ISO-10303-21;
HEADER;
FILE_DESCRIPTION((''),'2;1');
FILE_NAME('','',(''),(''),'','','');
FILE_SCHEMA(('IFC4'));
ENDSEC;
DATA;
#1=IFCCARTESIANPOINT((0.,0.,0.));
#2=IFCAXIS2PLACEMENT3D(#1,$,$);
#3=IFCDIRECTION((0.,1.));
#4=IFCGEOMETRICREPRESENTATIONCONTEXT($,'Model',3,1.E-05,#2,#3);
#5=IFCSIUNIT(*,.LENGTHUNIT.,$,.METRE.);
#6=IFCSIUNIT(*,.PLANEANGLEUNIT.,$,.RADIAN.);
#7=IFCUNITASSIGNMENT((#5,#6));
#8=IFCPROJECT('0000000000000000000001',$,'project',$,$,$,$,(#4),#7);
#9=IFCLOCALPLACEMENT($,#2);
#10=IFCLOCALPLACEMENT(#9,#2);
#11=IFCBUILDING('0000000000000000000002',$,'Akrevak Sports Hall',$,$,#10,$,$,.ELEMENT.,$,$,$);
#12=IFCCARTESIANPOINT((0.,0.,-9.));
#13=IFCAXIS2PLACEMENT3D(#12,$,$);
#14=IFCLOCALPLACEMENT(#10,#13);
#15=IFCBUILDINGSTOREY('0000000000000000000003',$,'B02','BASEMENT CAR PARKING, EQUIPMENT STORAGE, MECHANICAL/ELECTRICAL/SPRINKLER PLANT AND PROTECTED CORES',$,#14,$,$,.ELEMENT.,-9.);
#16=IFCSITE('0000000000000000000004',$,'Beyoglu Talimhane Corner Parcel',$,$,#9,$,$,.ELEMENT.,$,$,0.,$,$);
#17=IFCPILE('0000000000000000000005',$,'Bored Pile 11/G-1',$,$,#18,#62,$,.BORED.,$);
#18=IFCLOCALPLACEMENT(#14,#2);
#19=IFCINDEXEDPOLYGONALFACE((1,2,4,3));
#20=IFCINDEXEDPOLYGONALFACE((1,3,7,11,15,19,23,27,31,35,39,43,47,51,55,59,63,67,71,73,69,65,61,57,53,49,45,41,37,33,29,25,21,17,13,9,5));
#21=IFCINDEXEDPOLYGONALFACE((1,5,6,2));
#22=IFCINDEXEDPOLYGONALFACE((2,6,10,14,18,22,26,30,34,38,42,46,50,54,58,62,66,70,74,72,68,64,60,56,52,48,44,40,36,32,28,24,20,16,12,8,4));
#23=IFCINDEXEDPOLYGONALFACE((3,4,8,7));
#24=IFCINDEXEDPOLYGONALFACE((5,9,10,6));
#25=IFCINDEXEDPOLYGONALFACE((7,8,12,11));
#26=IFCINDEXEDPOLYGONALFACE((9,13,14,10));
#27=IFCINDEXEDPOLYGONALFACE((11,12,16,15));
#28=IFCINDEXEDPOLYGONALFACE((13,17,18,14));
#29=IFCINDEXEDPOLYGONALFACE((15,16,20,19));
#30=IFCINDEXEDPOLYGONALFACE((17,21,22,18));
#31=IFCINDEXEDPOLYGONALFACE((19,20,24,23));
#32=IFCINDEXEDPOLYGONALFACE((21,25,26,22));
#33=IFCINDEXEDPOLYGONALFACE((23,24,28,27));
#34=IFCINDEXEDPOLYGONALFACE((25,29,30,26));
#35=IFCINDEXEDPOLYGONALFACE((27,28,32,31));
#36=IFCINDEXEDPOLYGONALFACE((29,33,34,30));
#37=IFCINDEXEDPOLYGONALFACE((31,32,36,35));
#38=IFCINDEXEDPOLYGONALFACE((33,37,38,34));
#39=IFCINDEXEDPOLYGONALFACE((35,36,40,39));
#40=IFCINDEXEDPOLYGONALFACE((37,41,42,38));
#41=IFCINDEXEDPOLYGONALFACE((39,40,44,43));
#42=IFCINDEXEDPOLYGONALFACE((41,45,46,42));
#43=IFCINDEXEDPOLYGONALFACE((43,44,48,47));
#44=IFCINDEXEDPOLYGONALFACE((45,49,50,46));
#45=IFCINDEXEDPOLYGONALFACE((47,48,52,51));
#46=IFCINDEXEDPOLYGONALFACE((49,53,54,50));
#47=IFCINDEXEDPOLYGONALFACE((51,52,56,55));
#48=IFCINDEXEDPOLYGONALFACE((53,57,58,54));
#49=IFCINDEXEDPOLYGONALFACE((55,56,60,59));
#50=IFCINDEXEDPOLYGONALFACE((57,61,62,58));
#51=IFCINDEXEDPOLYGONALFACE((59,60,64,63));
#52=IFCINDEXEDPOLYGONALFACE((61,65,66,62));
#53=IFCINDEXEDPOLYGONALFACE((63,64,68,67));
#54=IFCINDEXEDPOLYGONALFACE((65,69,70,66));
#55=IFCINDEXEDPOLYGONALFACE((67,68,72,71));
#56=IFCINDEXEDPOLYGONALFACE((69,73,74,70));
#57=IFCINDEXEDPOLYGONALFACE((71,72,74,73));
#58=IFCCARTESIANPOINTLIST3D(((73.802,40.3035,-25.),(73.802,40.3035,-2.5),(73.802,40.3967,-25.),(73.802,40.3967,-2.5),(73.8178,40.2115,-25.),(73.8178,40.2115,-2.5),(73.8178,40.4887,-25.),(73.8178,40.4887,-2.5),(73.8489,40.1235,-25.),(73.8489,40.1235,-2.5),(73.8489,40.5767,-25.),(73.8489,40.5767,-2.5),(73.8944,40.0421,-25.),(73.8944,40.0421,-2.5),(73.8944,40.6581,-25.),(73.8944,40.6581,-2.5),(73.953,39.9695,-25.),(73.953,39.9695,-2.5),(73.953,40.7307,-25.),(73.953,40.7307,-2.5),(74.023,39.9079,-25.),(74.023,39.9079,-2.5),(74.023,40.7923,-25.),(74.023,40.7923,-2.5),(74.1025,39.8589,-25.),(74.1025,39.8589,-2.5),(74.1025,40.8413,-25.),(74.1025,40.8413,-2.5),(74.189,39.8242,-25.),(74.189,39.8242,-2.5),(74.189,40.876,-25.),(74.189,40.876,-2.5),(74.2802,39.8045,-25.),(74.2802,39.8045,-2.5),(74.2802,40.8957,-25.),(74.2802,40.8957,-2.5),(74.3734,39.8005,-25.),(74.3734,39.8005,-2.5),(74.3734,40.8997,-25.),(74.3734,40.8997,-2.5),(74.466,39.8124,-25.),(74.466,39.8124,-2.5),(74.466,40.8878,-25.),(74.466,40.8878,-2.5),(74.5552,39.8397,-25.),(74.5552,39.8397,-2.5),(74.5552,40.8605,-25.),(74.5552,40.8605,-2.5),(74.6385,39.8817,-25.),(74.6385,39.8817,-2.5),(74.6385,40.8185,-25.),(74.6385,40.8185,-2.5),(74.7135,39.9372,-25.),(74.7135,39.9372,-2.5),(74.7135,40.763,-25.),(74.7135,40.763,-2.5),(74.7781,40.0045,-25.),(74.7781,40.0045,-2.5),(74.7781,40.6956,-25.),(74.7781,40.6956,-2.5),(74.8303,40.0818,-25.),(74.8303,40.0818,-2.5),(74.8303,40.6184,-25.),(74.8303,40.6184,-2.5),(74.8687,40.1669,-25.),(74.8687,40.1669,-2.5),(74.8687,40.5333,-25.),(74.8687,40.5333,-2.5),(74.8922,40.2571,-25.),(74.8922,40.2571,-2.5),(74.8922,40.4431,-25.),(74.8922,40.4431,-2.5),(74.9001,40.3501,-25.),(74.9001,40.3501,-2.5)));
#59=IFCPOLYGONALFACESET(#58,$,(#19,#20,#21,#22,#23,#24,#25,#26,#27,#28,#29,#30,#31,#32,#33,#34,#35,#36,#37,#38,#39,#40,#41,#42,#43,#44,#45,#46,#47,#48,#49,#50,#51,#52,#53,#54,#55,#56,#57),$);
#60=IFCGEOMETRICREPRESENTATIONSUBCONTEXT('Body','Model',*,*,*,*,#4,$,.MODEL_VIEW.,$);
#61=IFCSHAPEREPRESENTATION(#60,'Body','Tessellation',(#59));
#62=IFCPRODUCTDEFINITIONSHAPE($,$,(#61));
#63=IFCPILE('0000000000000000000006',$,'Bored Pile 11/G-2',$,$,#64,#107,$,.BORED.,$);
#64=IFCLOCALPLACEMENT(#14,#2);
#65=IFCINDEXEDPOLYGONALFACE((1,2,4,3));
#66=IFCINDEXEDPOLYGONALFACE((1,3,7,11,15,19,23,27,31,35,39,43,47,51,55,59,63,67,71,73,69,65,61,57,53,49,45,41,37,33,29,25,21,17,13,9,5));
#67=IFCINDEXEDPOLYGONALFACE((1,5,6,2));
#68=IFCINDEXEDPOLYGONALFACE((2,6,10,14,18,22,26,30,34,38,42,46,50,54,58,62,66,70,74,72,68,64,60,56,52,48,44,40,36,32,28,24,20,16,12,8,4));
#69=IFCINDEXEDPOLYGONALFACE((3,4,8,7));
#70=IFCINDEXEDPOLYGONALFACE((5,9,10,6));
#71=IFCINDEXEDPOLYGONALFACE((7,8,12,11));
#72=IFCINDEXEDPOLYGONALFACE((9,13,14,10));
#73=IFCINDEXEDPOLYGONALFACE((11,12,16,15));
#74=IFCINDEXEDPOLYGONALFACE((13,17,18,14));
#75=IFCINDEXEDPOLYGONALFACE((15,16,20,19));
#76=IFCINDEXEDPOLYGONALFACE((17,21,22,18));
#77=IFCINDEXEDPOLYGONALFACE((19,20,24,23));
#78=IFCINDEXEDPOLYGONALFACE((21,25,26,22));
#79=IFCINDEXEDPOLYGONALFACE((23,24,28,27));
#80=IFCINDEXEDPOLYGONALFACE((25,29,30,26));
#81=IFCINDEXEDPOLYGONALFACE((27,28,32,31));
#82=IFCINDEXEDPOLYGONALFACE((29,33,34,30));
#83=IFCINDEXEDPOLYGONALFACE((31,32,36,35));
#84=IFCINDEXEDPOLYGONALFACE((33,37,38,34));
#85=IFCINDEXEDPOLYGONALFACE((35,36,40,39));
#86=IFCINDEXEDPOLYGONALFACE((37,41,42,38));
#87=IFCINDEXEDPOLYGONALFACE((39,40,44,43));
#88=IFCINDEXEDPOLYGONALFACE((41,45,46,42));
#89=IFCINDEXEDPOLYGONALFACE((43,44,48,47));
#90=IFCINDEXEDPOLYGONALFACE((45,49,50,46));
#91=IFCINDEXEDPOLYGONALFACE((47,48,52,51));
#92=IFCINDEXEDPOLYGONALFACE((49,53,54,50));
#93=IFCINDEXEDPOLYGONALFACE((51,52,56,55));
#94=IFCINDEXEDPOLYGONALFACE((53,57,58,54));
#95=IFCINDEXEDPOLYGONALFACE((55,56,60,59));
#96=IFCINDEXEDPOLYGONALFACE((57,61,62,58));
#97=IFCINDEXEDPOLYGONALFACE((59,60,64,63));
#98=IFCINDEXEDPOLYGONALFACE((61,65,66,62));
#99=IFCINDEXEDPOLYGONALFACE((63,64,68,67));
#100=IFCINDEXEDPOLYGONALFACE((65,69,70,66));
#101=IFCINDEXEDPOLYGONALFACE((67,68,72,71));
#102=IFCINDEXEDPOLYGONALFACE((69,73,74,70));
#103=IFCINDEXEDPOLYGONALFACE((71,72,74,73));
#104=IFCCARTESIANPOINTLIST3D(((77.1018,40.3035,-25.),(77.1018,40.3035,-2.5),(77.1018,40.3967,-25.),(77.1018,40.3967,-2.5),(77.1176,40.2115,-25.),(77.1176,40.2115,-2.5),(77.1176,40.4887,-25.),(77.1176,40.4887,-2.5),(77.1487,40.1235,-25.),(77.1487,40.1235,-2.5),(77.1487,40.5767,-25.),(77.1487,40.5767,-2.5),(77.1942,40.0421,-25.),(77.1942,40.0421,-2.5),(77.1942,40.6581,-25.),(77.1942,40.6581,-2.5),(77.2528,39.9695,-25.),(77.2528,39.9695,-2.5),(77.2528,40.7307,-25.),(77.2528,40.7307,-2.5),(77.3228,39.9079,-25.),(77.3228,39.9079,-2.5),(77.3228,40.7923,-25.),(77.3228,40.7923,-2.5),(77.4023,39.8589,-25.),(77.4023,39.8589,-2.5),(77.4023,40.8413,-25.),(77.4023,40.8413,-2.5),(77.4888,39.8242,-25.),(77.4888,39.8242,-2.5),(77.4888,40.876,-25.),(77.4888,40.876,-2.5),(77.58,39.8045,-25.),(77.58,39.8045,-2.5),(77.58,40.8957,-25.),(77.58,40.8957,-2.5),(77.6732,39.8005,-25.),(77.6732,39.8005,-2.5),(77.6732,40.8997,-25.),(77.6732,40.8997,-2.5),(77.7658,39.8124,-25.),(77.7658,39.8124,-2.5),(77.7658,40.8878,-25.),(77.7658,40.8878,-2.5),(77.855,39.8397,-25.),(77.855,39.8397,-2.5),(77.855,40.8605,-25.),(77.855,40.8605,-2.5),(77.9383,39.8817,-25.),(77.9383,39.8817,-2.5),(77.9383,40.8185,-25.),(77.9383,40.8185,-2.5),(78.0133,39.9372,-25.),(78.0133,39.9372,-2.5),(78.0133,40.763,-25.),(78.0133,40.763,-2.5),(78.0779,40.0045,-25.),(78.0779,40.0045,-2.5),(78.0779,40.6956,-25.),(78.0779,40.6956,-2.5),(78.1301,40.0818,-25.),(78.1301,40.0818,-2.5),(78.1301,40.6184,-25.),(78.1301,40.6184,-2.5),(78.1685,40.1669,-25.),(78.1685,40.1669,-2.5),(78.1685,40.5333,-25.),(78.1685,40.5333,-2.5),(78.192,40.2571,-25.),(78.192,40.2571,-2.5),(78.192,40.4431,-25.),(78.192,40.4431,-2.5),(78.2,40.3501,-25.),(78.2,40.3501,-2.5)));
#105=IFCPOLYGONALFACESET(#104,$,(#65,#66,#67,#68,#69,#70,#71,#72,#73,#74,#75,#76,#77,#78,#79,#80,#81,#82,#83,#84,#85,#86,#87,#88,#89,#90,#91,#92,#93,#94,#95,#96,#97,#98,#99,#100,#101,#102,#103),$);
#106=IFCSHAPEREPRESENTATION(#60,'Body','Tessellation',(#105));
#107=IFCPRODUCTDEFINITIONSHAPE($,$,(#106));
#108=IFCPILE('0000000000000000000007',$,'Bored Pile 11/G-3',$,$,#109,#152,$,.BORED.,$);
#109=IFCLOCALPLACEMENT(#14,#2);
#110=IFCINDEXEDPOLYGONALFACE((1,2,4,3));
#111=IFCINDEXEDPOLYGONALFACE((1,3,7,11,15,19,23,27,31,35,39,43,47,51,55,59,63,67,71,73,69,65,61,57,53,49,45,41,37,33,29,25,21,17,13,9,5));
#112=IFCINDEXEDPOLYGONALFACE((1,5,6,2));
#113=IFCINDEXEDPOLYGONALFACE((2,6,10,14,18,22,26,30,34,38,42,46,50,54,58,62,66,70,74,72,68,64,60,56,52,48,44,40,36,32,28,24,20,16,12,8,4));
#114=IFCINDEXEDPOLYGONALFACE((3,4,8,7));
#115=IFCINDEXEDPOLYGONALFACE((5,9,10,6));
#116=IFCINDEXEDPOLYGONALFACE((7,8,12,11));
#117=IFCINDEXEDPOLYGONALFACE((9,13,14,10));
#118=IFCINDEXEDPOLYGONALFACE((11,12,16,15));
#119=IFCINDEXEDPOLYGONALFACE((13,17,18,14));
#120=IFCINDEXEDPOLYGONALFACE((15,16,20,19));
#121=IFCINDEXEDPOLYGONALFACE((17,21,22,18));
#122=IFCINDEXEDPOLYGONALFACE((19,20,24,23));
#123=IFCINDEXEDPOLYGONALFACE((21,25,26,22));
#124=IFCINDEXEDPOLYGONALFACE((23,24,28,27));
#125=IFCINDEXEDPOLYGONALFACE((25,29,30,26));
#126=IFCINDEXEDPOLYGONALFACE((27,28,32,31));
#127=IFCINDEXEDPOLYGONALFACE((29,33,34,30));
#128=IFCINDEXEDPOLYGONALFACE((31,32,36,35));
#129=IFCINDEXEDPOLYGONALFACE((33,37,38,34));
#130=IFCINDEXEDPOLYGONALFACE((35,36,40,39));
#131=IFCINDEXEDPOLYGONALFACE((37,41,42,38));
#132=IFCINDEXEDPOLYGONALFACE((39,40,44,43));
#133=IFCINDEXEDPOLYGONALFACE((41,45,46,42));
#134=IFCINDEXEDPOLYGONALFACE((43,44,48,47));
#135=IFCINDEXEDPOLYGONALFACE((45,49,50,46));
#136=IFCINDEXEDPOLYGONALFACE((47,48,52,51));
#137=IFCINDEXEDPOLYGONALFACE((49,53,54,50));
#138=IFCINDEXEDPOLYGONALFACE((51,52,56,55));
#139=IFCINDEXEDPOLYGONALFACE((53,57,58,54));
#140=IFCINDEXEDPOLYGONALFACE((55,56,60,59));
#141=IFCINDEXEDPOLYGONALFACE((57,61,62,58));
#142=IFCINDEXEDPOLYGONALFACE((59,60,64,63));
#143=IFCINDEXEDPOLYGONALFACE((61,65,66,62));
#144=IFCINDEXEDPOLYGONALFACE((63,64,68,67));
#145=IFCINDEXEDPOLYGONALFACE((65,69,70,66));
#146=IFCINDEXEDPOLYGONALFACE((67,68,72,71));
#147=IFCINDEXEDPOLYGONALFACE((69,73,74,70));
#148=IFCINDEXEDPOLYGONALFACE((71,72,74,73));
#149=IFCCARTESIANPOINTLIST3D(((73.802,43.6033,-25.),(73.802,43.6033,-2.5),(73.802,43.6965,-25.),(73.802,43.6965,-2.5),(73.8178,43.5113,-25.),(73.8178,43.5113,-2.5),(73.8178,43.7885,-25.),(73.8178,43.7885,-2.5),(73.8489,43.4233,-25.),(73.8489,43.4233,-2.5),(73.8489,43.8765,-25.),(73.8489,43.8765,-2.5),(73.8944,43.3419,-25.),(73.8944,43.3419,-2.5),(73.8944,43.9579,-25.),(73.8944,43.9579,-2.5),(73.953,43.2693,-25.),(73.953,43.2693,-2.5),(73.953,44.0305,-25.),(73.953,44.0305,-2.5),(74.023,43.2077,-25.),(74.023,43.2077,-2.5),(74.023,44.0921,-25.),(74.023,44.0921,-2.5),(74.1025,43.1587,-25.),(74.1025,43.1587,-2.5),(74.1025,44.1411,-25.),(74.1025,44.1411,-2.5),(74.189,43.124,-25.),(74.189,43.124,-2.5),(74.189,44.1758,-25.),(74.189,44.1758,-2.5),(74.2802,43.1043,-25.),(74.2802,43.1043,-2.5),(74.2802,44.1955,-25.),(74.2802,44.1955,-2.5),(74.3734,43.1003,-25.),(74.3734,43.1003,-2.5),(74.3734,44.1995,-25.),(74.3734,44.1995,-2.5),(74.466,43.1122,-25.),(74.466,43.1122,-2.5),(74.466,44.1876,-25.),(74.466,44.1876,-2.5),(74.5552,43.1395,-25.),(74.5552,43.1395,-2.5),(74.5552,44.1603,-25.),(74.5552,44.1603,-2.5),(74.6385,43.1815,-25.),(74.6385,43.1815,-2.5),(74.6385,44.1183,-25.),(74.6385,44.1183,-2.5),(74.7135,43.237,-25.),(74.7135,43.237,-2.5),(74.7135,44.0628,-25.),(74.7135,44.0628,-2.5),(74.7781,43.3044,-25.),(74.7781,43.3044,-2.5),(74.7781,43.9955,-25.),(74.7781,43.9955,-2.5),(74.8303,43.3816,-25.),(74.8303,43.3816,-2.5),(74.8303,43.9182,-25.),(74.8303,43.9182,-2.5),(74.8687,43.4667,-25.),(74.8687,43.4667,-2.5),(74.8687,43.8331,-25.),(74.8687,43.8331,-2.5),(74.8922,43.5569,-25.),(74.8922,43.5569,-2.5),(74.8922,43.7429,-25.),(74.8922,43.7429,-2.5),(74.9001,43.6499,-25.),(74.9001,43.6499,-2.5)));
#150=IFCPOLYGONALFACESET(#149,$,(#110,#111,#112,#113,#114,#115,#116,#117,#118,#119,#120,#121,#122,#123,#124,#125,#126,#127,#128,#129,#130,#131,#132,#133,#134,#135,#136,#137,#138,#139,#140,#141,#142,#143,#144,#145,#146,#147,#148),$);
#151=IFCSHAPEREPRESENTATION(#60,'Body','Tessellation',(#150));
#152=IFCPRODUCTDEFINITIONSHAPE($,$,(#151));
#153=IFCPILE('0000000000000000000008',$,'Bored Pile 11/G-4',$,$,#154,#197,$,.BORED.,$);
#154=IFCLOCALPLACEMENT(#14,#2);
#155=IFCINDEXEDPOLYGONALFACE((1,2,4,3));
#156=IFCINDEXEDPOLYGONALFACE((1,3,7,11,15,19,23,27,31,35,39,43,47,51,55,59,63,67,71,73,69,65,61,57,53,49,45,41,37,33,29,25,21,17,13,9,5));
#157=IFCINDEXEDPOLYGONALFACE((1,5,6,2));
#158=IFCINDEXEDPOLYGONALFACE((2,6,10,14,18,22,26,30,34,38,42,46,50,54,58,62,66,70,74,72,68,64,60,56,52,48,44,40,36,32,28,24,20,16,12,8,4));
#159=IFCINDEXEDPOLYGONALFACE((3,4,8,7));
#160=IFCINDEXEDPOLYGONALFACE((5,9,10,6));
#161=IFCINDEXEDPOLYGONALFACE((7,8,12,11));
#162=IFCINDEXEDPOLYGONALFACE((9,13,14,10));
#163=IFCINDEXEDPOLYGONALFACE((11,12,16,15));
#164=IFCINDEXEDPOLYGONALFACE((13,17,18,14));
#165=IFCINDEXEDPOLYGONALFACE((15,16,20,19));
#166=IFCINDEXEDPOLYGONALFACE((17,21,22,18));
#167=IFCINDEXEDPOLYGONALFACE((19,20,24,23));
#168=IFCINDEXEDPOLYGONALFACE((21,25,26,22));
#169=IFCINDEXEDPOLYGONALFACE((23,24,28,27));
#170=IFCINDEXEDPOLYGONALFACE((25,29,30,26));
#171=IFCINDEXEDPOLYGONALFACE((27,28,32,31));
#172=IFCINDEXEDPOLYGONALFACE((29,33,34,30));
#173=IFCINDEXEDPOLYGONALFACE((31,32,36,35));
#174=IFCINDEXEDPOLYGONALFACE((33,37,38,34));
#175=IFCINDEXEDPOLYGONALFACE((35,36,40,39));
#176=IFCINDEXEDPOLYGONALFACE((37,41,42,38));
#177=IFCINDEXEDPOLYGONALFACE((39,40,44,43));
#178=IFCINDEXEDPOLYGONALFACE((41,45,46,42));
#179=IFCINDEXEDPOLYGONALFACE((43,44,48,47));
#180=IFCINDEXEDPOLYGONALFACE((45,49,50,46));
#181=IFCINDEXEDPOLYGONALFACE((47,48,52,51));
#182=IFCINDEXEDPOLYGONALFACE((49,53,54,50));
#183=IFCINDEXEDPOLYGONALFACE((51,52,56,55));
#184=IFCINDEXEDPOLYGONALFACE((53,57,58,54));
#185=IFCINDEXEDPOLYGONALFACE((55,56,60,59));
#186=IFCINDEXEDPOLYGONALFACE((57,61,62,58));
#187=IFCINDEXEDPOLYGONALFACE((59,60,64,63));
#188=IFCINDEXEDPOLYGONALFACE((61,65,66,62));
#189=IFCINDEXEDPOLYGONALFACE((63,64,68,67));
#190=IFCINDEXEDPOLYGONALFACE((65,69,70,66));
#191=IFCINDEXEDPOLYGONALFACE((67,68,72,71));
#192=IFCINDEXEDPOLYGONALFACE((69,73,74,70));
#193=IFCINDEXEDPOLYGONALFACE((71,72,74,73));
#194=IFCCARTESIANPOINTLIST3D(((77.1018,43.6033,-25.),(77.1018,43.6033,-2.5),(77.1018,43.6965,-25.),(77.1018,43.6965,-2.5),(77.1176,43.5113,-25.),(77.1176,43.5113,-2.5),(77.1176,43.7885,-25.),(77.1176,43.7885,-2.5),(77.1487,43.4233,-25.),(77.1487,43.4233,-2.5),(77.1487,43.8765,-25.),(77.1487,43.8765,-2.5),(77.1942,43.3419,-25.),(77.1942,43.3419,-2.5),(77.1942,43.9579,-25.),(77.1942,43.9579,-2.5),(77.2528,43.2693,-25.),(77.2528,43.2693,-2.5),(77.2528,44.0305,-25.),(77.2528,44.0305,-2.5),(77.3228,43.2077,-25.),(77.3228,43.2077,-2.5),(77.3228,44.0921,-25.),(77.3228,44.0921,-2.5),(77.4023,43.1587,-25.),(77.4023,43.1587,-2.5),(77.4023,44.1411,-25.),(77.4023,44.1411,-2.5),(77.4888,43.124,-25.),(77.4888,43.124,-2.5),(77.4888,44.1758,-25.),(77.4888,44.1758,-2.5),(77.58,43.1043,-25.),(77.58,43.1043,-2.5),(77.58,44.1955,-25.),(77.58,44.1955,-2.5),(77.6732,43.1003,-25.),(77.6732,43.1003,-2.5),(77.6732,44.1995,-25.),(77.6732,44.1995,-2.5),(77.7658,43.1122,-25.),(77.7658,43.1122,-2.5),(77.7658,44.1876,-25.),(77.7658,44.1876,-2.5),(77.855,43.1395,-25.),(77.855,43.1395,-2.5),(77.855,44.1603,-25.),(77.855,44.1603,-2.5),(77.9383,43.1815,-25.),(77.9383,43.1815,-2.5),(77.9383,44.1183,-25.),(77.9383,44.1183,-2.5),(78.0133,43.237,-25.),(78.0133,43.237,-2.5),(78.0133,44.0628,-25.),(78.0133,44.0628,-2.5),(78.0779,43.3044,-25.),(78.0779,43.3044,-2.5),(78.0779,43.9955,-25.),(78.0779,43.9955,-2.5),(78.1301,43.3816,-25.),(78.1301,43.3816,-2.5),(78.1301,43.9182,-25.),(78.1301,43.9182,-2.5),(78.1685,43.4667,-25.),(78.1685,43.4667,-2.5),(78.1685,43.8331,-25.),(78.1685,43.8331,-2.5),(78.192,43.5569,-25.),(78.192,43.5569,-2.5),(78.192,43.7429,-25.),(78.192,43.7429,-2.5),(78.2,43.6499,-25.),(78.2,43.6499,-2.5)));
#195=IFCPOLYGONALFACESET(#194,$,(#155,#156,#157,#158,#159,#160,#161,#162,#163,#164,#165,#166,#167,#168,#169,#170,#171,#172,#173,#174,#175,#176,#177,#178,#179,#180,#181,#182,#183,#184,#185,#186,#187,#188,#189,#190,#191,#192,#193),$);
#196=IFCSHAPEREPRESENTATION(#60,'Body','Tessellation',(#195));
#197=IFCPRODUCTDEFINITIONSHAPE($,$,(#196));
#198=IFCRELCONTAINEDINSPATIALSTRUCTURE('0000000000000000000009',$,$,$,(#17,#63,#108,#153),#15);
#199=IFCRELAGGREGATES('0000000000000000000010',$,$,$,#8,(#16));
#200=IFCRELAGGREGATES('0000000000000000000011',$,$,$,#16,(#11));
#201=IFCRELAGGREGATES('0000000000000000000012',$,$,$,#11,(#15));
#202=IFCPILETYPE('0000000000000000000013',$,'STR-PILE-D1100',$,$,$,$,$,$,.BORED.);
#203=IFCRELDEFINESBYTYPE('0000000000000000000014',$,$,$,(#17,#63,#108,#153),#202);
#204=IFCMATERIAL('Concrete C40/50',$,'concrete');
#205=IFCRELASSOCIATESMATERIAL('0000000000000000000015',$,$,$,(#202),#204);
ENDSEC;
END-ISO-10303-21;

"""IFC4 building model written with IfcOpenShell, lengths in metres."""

from ifc_helpers import new_model, si_unit, direction, frame, origin, origin_2d, place, context, subcontext, project, spatial, circle, extrude, material, material_profile, profile_set, type_object, element, save


model = new_model("IFC4")

# Units and contexts
model_context = context("Model", 3, precision=1e-05, world=origin(), true_north=direction((0.0, 1.0)))
body_context = subcontext(model_context, "Body", "Model", "MODEL_VIEW")
ifc_project = project(units=[si_unit("LENGTHUNIT", "METRE"), si_unit("PLANEANGLEUNIT", "RADIAN")], contexts=[model_context])

# Site, building, storey
site_placement = place(None, origin())
site = spatial("IfcSite", under=ifc_project, at=site_placement, Name="Beyoglu Talimhane Corner Parcel", CompositionType="ELEMENT", RefElevation=0.0)
building_placement = place(site_placement, origin())
building = spatial("IfcBuilding", under=site, at=building_placement, Name="Akrevak Sports Hall", CompositionType="ELEMENT")
storey_placement = place(building_placement, frame((0.0, 0.0, -9.0)))
storey = spatial("IfcBuildingStorey", under=building, at=storey_placement, Name="B02", Description="BASEMENT CAR PARKING, EQUIPMENT STORAGE, MECHANICAL/ELECTRICAL/SPRINKLER PLANT AND PROTECTED CORES", CompositionType="ELEMENT", Elevation=-9.0)

# Shared definitions
ifc_material_1 = material(Name="Concrete C40/50", Category="concrete")

# Piles
ifc_material_profile_1 = material_profile(ifc_material_1, circle(Radius=0.55, at=origin_2d()), Name="BORED PILE D1100", Category="concrete")
ifc_profile_set_1 = profile_set([ifc_material_profile_1], Name="Concrete C40/50")
pile_type_1 = type_object("IfcPileType", Name="STR-PILE-D1100", PredefinedType="BORED", material=ifc_profile_set_1)
for number, where, z_axis, x_axis, name in (
    (1, (74.3501, 40.3501, -2.5), (0.0, 0.0, -1.0), (1.0, 0.0, 0.0), "Bored Pile 11/G-1"),
    (2, (77.6499, 40.3501, -2.5), (0.0, 0.0, -1.0), (1.0, 0.0, 0.0), "Bored Pile 11/G-2"),
    (3, (74.3501, 43.6499, -2.5), (0.0, 0.0, -1.0), (1.0, 0.0, 0.0), "Bored Pile 11/G-3"),
    (4, (77.6499, 43.6499, -2.5), (0.0, 0.0, -1.0), (1.0, 0.0, 0.0), "Bored Pile 11/G-4"),
):
    element("IfcPile", number, at=place(storey_placement, frame(where, z_axis=z_axis, x_axis=x_axis)), inside=storey, type_object=pile_type_1, Name=name, PredefinedType="BORED", context=body_context, shape_type="SweptSolid", body=[
        extrude(circle(Radius=0.55, at=origin_2d()), origin(), (0.0, 0.0, 1.0), 22.5),
    ])

save(model, "model.ifc")
